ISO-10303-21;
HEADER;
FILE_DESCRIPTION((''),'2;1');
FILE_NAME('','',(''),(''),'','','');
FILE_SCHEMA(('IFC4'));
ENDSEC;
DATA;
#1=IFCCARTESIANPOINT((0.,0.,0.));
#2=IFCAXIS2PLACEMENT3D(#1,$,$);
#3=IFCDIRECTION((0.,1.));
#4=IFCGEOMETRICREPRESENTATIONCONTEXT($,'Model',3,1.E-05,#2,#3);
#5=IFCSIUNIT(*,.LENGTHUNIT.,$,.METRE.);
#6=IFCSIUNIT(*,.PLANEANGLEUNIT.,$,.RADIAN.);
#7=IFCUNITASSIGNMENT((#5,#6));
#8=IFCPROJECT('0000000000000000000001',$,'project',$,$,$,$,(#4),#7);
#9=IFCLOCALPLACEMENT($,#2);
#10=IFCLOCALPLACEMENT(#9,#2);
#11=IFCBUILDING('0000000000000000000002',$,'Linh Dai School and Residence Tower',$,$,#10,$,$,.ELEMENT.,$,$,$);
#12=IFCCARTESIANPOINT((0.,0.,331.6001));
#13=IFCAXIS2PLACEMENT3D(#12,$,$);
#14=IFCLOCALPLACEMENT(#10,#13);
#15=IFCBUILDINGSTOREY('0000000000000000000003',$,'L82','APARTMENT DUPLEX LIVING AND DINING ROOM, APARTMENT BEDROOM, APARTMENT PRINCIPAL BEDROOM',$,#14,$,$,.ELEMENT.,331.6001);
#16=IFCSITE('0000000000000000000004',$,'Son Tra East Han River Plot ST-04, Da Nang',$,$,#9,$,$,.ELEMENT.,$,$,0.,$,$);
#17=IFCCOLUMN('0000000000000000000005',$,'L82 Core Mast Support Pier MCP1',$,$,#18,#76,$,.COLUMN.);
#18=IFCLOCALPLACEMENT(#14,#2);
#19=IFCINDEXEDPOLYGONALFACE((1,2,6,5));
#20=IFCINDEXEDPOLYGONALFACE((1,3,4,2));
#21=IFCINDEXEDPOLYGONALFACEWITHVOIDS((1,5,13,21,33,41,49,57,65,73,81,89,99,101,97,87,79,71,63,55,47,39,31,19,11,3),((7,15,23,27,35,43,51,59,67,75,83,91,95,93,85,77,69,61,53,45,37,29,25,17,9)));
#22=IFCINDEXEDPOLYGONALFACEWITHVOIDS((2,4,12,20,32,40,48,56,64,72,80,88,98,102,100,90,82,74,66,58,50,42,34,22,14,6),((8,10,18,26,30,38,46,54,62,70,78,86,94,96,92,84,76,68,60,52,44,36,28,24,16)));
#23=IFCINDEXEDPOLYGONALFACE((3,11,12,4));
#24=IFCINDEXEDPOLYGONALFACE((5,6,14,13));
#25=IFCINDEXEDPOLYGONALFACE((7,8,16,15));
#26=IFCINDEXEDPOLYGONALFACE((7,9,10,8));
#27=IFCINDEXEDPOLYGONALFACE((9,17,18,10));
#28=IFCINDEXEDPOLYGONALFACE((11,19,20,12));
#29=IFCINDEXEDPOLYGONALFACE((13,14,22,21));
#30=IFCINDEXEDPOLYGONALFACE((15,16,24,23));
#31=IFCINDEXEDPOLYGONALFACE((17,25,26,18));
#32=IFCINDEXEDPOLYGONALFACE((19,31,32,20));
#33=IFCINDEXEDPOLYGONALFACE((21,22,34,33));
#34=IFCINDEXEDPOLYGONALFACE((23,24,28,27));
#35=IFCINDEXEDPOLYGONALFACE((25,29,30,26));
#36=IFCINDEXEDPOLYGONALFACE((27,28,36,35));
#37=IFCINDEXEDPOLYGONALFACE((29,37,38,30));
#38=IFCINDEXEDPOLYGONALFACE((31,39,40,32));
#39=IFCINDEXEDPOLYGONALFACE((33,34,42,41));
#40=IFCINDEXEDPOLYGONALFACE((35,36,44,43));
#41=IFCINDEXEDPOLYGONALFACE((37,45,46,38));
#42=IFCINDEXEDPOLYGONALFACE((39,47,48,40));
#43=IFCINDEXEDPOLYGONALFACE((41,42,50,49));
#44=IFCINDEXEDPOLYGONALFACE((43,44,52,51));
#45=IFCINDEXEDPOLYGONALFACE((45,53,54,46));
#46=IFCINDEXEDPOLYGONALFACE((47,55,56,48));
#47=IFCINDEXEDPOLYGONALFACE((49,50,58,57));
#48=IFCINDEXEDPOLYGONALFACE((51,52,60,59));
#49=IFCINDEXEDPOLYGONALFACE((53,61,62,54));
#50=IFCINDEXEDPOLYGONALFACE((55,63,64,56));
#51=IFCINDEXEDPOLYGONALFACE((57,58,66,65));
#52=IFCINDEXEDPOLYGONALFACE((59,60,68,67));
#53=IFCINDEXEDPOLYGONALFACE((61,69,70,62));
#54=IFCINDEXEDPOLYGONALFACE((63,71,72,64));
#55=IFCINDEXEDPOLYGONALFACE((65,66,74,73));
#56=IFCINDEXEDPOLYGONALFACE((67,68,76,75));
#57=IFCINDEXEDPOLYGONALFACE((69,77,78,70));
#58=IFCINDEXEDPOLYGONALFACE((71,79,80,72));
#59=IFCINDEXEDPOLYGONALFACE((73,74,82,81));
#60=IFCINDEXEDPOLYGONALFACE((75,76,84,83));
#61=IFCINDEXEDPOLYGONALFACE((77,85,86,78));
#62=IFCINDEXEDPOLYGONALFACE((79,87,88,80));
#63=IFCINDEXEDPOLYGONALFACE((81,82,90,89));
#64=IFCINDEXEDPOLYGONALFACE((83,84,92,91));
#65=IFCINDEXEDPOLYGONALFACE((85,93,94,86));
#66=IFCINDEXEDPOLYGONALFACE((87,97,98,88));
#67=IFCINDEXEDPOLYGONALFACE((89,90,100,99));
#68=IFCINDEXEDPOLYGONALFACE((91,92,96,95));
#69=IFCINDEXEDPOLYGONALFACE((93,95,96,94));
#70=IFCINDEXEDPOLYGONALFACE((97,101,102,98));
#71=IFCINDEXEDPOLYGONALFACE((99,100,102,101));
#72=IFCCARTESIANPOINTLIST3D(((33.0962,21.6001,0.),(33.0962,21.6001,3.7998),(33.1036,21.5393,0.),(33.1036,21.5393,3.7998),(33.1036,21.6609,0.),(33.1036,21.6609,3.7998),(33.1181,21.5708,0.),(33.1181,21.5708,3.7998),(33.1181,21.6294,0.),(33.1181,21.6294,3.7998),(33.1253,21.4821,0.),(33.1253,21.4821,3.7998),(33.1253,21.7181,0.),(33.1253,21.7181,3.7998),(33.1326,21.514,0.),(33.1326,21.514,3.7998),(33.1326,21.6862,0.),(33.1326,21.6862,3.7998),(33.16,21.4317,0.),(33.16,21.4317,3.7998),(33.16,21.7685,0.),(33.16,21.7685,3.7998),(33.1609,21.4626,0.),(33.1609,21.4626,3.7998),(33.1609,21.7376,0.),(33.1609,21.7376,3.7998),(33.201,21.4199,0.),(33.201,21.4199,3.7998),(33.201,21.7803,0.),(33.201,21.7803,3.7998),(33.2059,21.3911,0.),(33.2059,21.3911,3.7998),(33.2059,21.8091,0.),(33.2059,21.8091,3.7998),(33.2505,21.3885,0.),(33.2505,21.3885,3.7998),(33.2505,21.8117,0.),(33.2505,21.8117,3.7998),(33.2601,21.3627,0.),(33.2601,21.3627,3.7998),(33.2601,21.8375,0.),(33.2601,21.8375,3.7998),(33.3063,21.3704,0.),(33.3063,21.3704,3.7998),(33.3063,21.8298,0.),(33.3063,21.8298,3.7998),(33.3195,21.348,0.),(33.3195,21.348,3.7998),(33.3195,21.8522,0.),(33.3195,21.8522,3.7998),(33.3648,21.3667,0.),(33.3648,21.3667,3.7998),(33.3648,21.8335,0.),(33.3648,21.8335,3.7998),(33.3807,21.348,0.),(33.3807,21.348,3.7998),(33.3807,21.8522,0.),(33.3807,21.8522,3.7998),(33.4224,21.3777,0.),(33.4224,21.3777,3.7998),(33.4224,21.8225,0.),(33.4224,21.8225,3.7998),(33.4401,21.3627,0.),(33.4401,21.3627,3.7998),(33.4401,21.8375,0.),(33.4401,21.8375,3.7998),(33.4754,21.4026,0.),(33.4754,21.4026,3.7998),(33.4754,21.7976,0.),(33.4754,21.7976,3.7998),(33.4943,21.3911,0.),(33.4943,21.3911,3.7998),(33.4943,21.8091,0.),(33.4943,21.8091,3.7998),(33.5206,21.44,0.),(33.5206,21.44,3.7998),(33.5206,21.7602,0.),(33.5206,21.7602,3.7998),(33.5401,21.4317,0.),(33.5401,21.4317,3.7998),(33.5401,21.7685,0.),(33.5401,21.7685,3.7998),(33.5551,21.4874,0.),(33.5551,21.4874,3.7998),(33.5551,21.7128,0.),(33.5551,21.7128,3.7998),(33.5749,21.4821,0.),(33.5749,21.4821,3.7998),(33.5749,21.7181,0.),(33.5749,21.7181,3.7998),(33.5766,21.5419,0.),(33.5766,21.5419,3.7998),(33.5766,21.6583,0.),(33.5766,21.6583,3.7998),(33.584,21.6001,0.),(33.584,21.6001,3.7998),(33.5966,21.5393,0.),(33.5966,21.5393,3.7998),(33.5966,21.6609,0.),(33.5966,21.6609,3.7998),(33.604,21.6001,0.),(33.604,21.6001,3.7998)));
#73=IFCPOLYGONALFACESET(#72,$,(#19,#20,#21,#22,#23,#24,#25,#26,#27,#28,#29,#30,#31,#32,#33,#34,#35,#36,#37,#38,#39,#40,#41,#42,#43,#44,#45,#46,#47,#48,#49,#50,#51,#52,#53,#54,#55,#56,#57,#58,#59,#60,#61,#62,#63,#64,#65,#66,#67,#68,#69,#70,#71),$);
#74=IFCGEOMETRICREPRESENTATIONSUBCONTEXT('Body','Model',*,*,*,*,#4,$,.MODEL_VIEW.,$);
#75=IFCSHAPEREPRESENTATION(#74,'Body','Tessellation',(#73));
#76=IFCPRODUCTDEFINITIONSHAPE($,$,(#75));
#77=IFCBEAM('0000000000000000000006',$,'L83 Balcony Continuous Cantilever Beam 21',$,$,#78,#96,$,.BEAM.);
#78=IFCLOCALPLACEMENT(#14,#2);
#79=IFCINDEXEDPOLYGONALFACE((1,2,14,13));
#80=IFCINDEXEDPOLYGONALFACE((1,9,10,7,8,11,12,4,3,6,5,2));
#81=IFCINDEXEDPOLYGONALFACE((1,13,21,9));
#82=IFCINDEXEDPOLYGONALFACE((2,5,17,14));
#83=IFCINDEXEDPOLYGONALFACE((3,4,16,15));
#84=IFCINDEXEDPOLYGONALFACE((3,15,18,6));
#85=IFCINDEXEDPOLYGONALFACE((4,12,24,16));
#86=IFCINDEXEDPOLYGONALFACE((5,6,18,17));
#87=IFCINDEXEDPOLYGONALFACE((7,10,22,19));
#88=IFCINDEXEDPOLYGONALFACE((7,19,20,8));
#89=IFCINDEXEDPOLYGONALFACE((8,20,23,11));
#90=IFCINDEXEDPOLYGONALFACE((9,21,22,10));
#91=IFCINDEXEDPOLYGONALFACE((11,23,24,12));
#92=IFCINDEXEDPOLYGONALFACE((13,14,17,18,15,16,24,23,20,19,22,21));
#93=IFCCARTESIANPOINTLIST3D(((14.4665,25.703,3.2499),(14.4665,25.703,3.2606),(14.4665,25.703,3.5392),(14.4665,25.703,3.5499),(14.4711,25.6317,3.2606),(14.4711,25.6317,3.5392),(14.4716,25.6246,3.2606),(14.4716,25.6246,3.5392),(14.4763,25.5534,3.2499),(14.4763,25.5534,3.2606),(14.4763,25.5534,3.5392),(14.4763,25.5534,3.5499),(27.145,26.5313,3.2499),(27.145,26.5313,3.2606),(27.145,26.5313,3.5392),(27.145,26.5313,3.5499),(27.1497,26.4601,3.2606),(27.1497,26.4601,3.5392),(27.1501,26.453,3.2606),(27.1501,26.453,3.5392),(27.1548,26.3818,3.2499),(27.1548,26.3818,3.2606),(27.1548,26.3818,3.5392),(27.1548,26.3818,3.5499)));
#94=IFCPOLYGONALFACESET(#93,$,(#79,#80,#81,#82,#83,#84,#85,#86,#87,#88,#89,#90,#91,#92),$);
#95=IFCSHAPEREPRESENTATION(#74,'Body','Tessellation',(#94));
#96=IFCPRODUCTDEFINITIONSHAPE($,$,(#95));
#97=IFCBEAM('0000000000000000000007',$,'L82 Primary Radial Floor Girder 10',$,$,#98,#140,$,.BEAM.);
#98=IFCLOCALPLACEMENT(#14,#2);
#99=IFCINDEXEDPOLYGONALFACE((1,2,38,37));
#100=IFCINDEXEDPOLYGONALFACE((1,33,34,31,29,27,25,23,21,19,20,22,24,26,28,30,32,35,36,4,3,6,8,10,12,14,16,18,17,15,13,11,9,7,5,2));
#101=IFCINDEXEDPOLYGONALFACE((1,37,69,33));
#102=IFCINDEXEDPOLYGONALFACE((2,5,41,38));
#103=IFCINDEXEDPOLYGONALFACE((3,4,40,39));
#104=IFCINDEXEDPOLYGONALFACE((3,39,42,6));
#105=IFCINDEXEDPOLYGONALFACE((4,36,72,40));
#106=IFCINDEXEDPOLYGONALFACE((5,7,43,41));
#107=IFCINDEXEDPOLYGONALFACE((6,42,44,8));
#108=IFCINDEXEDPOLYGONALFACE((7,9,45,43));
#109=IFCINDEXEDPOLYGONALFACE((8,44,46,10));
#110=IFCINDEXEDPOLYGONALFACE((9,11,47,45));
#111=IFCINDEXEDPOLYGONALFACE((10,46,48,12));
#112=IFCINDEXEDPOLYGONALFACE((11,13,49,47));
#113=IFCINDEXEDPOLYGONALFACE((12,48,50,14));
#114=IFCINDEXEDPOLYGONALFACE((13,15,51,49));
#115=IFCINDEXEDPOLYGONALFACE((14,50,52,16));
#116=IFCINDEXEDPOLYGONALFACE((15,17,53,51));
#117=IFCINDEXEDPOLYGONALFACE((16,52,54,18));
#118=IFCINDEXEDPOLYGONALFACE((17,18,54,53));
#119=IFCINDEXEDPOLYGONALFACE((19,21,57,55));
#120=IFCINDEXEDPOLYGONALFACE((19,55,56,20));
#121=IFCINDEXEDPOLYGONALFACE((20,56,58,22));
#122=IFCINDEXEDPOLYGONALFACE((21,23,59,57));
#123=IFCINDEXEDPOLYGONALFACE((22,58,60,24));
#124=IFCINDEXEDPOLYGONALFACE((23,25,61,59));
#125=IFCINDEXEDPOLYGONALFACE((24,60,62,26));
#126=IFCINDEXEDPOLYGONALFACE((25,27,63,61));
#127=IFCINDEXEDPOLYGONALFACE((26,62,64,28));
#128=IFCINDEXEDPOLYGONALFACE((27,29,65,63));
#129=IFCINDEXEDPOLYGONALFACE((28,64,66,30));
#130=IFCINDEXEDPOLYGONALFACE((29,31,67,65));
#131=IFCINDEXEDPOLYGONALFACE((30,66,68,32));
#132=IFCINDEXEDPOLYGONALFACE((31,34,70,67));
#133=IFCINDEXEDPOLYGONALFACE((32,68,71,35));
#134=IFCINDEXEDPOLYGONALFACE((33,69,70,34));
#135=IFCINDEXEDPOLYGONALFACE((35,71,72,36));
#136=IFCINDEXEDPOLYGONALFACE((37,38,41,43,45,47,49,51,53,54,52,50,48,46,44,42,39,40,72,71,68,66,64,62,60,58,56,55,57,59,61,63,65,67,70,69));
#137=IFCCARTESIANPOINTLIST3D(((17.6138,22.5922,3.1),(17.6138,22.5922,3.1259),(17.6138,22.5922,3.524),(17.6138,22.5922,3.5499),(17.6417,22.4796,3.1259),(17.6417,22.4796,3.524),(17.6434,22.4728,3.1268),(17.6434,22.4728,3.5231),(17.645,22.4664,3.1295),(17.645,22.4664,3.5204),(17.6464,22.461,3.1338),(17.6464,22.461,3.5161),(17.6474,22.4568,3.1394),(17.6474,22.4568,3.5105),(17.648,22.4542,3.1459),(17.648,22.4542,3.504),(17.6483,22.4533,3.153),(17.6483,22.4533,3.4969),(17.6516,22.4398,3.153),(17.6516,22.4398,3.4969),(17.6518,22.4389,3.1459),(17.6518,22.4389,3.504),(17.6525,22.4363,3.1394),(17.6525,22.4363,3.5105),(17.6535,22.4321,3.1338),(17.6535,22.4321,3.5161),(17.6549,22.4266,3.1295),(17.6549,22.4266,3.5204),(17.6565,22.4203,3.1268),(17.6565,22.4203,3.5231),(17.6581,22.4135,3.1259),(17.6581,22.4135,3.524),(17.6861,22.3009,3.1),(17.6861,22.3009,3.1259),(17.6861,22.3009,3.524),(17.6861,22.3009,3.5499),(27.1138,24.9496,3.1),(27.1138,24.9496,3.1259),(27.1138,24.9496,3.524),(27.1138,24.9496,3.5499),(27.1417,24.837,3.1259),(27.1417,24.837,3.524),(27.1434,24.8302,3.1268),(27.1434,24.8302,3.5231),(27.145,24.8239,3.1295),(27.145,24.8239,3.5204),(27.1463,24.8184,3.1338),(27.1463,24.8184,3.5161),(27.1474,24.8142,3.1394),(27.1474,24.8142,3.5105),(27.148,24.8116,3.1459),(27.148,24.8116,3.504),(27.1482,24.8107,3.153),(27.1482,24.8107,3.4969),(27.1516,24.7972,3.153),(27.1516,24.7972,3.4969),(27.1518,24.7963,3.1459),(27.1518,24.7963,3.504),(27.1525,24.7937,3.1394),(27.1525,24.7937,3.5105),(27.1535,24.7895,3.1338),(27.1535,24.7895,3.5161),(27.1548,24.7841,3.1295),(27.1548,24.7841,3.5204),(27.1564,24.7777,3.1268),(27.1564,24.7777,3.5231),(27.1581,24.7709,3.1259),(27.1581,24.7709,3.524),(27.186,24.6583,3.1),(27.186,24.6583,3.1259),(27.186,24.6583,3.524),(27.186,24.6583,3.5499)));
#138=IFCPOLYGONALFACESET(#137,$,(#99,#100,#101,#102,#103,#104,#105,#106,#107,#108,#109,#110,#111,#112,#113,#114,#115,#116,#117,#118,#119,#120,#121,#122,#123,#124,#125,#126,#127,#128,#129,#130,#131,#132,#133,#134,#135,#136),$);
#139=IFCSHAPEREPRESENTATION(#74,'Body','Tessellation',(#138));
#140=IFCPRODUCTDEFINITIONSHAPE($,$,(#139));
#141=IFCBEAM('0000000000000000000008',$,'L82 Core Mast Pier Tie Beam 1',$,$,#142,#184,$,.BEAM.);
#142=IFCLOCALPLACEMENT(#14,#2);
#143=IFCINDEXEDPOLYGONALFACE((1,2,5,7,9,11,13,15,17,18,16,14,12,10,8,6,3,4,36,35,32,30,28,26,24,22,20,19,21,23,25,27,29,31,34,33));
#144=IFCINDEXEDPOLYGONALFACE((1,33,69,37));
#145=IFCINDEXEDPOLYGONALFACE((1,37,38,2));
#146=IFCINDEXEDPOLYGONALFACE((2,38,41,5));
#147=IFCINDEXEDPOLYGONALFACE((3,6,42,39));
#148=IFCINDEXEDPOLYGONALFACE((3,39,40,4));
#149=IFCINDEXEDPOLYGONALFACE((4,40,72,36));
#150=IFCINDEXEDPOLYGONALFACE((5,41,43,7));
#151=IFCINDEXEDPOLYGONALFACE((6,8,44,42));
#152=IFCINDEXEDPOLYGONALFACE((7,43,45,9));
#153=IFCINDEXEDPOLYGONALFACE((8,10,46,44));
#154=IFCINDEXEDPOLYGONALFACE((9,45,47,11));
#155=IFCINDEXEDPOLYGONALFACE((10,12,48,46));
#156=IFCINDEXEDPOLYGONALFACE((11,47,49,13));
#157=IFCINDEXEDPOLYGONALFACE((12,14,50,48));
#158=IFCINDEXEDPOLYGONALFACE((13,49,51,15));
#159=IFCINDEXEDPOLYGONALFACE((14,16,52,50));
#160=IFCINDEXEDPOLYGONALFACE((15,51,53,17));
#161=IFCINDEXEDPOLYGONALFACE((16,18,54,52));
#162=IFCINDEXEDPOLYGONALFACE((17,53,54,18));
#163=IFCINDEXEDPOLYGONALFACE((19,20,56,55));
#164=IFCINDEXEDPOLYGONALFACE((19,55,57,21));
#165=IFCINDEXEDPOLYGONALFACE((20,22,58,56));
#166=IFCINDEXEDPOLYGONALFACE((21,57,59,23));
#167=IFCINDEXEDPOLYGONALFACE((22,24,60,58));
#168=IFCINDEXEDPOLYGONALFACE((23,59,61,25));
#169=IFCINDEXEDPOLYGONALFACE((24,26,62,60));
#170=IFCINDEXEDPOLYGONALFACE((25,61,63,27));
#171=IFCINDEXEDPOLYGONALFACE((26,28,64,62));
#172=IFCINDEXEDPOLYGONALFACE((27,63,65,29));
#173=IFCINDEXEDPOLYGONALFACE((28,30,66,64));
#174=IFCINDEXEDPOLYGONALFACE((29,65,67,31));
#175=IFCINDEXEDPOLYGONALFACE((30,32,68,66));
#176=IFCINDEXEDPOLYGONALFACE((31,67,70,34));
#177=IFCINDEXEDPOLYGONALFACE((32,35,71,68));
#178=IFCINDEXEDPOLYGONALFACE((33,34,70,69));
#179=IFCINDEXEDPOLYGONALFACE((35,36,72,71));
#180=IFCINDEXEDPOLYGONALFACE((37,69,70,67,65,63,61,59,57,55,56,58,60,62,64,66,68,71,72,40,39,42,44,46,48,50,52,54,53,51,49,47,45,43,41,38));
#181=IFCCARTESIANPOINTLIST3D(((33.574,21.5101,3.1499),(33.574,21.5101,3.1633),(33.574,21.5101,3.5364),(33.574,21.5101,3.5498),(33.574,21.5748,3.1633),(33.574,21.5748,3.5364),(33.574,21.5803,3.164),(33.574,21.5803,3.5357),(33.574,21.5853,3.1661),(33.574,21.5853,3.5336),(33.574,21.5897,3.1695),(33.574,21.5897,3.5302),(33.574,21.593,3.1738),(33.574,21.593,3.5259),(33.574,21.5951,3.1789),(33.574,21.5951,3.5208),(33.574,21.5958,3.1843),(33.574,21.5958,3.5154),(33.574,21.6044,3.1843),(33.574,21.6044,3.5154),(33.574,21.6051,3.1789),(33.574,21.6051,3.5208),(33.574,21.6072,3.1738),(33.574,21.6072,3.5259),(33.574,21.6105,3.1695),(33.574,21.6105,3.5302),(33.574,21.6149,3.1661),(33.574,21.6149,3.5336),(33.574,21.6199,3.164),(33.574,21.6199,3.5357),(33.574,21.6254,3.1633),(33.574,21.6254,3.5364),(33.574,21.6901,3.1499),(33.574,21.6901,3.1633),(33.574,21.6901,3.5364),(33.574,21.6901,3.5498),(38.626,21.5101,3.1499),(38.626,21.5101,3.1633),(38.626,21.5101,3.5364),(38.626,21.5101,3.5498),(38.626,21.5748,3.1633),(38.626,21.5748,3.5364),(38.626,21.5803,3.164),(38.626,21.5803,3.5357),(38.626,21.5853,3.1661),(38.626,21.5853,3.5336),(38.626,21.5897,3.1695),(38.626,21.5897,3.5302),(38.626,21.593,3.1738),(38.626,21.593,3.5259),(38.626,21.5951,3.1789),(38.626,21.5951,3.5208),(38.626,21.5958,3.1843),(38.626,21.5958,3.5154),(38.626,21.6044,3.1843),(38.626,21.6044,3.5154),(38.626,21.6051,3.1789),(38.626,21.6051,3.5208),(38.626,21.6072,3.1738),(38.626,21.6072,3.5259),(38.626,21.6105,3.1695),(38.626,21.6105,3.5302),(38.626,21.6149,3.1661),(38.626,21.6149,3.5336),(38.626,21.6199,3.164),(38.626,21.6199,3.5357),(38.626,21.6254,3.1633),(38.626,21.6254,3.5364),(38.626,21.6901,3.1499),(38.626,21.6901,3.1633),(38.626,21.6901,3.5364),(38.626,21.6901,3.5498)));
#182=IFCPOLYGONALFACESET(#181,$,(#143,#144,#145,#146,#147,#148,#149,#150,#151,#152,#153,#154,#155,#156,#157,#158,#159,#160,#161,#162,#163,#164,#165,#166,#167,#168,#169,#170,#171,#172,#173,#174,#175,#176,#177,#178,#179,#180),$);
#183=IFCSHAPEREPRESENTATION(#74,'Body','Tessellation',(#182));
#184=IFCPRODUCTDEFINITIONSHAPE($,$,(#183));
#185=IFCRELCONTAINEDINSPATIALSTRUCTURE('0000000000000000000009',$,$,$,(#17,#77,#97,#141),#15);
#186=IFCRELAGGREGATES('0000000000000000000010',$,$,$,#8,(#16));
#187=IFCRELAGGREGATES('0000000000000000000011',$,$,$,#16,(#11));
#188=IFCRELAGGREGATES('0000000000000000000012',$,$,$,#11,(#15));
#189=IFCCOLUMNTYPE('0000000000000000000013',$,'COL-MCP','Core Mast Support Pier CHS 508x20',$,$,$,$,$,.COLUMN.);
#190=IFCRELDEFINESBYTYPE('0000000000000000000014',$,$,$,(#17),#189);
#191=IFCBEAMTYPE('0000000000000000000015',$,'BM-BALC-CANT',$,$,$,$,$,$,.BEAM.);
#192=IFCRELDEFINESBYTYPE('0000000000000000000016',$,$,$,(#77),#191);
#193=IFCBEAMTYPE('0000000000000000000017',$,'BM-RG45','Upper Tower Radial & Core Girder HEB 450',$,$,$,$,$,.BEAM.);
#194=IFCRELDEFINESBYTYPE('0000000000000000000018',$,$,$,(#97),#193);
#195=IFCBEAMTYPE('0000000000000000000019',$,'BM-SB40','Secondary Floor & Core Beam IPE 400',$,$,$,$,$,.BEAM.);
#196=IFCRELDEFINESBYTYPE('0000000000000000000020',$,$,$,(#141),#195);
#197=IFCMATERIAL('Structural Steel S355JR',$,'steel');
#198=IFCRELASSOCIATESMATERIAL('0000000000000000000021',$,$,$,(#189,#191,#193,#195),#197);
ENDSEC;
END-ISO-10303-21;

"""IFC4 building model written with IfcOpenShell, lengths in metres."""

from ifc_helpers import new_model, si_unit, direction, frame, origin, origin_2d, place, context, subcontext, project, spatial, hollow_circle, i_section, extrude, material, material_profile, profile_set, type_object, element, save


model = new_model("IFC4")

# Units and contexts
model_context = context("Model", 3, precision=1e-05, world=origin(), true_north=direction((0.0, 1.0)))
body_context = subcontext(model_context, "Body", "Model", "MODEL_VIEW")
ifc_project = project(units=[si_unit("LENGTHUNIT", "METRE"), si_unit("PLANEANGLEUNIT", "RADIAN")], contexts=[model_context])

# Site, building, storey
site_placement = place(None, origin())
site = spatial("IfcSite", under=ifc_project, at=site_placement, Name="Son Tra East Han River Plot ST-04, Da Nang", CompositionType="ELEMENT", RefElevation=0.0)
building_placement = place(site_placement, origin())
building = spatial("IfcBuilding", under=site, at=building_placement, Name="Linh Dai School and Residence Tower", CompositionType="ELEMENT")
storey_placement = place(building_placement, frame((0.0, 0.0, 331.6001)))
storey = spatial("IfcBuildingStorey", under=building, at=storey_placement, Name="L82", Description="APARTMENT DUPLEX LIVING AND DINING ROOM, APARTMENT BEDROOM, APARTMENT PRINCIPAL BEDROOM", CompositionType="ELEMENT", Elevation=331.6001)

# Column
ifc_material_1 = material(Name="Structural Steel S355JR", Category="steel")
ifc_material_profile_1 = material_profile(ifc_material_1, hollow_circle(Radius=0.2539, WallThickness=0.02, at=origin_2d()), Name="CHS 508x20")
ifc_profile_set_1 = profile_set([ifc_material_profile_1], Name="Structural Steel S355JR")
column_type = type_object("IfcColumnType", Name="COL-MCP", Description="Core Mast Support Pier CHS 508x20", PredefinedType="COLUMN", material=ifc_profile_set_1)
column_placement = place(storey_placement, frame((33.3501, 21.6001, 0.0), z_axis=(0.0, 0.0, 1.0), x_axis=(1.0, 0.0, 0.0)))
element("IfcColumn", 1, at=column_placement, inside=storey, type_object=column_type, Name="L82 Core Mast Support Pier MCP1", PredefinedType="COLUMN", context=body_context, shape_type="SweptSolid", body=[
    extrude(hollow_circle(Radius=0.2539, WallThickness=0.02, at=origin_2d()), origin(), (0.0, 0.0, 1.0), 3.7998),
])

# Beams
ifc_material_profile_2 = material_profile(ifc_material_1, i_section(OverallWidth=0.1499, OverallDepth=0.3, WebThickness=0.0071, FlangeThickness=0.0107, at=origin_2d()), Name="IPE 300")
ifc_profile_set_2 = profile_set([ifc_material_profile_2], Name="Structural Steel S355JR")
beam_type_1 = type_object("IfcBeamType", Name="BM-BALC-CANT", PredefinedType="BEAM", material=ifc_profile_set_2)
beam_1_placement = place(storey_placement, frame((27.1499, 26.4565, 3.3999), z_axis=(-0.997872, -0.065198, 0.0), x_axis=(0.065198, -0.997872, 0.0)))
element("IfcBeam", 2, at=beam_1_placement, inside=storey, type_object=beam_type_1, Name="L83 Balcony Continuous Cantilever Beam 21", PredefinedType="BEAM", context=body_context, shape_type="SweptSolid", body=[
    extrude(i_section(OverallWidth=0.1499, OverallDepth=0.3, WebThickness=0.0071, FlangeThickness=0.0107, at=origin_2d()), origin(), (0.0, 0.0, 1.0), 12.7056),
])
ifc_material_profile_3 = material_profile(ifc_material_1, i_section(OverallWidth=0.3, OverallDepth=0.45, WebThickness=0.0139, FlangeThickness=0.0259, FilletRadius=0.0271, at=origin_2d()), Name="HEB 450")
ifc_profile_set_3 = profile_set([ifc_material_profile_3], Name="Structural Steel S355JR")
beam_type_2 = type_object("IfcBeamType", Name="BM-RG45", Description="Upper Tower Radial & Core Girder HEB 450", PredefinedType="BEAM", material=ifc_profile_set_3)
beam_2_placement = place(storey_placement, frame((27.1499, 24.804, 3.325), z_axis=(-0.970564, -0.240845, 0.0), x_axis=(0.240845, -0.970564, 0.0)))
element("IfcBeam", 3, at=beam_2_placement, inside=storey, type_object=beam_type_2, Name="L82 Primary Radial Floor Girder 10", PredefinedType="BEAM", context=body_context, shape_type="SweptSolid", body=[
    extrude(i_section(OverallWidth=0.3, OverallDepth=0.45, WebThickness=0.0139, FlangeThickness=0.0259, FilletRadius=0.0271, at=origin_2d()), origin(), (0.0, 0.0, 1.0), 9.7881),
])
ifc_material_profile_4 = material_profile(ifc_material_1, i_section(OverallWidth=0.1799, OverallDepth=0.3999, WebThickness=0.0085, FlangeThickness=0.0134, FilletRadius=0.021, at=origin_2d()), Name="IPE 400")
ifc_profile_set_4 = profile_set([ifc_material_profile_4], Name="Structural Steel S355JR")
beam_type_3 = type_object("IfcBeamType", Name="BM-SB40", Description="Secondary Floor & Core Beam IPE 400", PredefinedType="BEAM", material=ifc_profile_set_4)
beam_3_placement = place(storey_placement, frame((33.574, 21.6001, 3.3499), z_axis=(1.0, 0.0, 0.0), x_axis=(0.0, 1.0, 0.0)))
element("IfcBeam", 4, at=beam_3_placement, inside=storey, type_object=beam_type_3, Name="L82 Core Mast Pier Tie Beam 1", PredefinedType="BEAM", context=body_context, shape_type="SweptSolid", body=[
    extrude(i_section(OverallWidth=0.1799, OverallDepth=0.3999, WebThickness=0.0085, FlangeThickness=0.0134, FilletRadius=0.021, at=origin_2d()), origin(), (0.0, 0.0, 1.0), 5.052),
])

save(model, "model.ifc")
